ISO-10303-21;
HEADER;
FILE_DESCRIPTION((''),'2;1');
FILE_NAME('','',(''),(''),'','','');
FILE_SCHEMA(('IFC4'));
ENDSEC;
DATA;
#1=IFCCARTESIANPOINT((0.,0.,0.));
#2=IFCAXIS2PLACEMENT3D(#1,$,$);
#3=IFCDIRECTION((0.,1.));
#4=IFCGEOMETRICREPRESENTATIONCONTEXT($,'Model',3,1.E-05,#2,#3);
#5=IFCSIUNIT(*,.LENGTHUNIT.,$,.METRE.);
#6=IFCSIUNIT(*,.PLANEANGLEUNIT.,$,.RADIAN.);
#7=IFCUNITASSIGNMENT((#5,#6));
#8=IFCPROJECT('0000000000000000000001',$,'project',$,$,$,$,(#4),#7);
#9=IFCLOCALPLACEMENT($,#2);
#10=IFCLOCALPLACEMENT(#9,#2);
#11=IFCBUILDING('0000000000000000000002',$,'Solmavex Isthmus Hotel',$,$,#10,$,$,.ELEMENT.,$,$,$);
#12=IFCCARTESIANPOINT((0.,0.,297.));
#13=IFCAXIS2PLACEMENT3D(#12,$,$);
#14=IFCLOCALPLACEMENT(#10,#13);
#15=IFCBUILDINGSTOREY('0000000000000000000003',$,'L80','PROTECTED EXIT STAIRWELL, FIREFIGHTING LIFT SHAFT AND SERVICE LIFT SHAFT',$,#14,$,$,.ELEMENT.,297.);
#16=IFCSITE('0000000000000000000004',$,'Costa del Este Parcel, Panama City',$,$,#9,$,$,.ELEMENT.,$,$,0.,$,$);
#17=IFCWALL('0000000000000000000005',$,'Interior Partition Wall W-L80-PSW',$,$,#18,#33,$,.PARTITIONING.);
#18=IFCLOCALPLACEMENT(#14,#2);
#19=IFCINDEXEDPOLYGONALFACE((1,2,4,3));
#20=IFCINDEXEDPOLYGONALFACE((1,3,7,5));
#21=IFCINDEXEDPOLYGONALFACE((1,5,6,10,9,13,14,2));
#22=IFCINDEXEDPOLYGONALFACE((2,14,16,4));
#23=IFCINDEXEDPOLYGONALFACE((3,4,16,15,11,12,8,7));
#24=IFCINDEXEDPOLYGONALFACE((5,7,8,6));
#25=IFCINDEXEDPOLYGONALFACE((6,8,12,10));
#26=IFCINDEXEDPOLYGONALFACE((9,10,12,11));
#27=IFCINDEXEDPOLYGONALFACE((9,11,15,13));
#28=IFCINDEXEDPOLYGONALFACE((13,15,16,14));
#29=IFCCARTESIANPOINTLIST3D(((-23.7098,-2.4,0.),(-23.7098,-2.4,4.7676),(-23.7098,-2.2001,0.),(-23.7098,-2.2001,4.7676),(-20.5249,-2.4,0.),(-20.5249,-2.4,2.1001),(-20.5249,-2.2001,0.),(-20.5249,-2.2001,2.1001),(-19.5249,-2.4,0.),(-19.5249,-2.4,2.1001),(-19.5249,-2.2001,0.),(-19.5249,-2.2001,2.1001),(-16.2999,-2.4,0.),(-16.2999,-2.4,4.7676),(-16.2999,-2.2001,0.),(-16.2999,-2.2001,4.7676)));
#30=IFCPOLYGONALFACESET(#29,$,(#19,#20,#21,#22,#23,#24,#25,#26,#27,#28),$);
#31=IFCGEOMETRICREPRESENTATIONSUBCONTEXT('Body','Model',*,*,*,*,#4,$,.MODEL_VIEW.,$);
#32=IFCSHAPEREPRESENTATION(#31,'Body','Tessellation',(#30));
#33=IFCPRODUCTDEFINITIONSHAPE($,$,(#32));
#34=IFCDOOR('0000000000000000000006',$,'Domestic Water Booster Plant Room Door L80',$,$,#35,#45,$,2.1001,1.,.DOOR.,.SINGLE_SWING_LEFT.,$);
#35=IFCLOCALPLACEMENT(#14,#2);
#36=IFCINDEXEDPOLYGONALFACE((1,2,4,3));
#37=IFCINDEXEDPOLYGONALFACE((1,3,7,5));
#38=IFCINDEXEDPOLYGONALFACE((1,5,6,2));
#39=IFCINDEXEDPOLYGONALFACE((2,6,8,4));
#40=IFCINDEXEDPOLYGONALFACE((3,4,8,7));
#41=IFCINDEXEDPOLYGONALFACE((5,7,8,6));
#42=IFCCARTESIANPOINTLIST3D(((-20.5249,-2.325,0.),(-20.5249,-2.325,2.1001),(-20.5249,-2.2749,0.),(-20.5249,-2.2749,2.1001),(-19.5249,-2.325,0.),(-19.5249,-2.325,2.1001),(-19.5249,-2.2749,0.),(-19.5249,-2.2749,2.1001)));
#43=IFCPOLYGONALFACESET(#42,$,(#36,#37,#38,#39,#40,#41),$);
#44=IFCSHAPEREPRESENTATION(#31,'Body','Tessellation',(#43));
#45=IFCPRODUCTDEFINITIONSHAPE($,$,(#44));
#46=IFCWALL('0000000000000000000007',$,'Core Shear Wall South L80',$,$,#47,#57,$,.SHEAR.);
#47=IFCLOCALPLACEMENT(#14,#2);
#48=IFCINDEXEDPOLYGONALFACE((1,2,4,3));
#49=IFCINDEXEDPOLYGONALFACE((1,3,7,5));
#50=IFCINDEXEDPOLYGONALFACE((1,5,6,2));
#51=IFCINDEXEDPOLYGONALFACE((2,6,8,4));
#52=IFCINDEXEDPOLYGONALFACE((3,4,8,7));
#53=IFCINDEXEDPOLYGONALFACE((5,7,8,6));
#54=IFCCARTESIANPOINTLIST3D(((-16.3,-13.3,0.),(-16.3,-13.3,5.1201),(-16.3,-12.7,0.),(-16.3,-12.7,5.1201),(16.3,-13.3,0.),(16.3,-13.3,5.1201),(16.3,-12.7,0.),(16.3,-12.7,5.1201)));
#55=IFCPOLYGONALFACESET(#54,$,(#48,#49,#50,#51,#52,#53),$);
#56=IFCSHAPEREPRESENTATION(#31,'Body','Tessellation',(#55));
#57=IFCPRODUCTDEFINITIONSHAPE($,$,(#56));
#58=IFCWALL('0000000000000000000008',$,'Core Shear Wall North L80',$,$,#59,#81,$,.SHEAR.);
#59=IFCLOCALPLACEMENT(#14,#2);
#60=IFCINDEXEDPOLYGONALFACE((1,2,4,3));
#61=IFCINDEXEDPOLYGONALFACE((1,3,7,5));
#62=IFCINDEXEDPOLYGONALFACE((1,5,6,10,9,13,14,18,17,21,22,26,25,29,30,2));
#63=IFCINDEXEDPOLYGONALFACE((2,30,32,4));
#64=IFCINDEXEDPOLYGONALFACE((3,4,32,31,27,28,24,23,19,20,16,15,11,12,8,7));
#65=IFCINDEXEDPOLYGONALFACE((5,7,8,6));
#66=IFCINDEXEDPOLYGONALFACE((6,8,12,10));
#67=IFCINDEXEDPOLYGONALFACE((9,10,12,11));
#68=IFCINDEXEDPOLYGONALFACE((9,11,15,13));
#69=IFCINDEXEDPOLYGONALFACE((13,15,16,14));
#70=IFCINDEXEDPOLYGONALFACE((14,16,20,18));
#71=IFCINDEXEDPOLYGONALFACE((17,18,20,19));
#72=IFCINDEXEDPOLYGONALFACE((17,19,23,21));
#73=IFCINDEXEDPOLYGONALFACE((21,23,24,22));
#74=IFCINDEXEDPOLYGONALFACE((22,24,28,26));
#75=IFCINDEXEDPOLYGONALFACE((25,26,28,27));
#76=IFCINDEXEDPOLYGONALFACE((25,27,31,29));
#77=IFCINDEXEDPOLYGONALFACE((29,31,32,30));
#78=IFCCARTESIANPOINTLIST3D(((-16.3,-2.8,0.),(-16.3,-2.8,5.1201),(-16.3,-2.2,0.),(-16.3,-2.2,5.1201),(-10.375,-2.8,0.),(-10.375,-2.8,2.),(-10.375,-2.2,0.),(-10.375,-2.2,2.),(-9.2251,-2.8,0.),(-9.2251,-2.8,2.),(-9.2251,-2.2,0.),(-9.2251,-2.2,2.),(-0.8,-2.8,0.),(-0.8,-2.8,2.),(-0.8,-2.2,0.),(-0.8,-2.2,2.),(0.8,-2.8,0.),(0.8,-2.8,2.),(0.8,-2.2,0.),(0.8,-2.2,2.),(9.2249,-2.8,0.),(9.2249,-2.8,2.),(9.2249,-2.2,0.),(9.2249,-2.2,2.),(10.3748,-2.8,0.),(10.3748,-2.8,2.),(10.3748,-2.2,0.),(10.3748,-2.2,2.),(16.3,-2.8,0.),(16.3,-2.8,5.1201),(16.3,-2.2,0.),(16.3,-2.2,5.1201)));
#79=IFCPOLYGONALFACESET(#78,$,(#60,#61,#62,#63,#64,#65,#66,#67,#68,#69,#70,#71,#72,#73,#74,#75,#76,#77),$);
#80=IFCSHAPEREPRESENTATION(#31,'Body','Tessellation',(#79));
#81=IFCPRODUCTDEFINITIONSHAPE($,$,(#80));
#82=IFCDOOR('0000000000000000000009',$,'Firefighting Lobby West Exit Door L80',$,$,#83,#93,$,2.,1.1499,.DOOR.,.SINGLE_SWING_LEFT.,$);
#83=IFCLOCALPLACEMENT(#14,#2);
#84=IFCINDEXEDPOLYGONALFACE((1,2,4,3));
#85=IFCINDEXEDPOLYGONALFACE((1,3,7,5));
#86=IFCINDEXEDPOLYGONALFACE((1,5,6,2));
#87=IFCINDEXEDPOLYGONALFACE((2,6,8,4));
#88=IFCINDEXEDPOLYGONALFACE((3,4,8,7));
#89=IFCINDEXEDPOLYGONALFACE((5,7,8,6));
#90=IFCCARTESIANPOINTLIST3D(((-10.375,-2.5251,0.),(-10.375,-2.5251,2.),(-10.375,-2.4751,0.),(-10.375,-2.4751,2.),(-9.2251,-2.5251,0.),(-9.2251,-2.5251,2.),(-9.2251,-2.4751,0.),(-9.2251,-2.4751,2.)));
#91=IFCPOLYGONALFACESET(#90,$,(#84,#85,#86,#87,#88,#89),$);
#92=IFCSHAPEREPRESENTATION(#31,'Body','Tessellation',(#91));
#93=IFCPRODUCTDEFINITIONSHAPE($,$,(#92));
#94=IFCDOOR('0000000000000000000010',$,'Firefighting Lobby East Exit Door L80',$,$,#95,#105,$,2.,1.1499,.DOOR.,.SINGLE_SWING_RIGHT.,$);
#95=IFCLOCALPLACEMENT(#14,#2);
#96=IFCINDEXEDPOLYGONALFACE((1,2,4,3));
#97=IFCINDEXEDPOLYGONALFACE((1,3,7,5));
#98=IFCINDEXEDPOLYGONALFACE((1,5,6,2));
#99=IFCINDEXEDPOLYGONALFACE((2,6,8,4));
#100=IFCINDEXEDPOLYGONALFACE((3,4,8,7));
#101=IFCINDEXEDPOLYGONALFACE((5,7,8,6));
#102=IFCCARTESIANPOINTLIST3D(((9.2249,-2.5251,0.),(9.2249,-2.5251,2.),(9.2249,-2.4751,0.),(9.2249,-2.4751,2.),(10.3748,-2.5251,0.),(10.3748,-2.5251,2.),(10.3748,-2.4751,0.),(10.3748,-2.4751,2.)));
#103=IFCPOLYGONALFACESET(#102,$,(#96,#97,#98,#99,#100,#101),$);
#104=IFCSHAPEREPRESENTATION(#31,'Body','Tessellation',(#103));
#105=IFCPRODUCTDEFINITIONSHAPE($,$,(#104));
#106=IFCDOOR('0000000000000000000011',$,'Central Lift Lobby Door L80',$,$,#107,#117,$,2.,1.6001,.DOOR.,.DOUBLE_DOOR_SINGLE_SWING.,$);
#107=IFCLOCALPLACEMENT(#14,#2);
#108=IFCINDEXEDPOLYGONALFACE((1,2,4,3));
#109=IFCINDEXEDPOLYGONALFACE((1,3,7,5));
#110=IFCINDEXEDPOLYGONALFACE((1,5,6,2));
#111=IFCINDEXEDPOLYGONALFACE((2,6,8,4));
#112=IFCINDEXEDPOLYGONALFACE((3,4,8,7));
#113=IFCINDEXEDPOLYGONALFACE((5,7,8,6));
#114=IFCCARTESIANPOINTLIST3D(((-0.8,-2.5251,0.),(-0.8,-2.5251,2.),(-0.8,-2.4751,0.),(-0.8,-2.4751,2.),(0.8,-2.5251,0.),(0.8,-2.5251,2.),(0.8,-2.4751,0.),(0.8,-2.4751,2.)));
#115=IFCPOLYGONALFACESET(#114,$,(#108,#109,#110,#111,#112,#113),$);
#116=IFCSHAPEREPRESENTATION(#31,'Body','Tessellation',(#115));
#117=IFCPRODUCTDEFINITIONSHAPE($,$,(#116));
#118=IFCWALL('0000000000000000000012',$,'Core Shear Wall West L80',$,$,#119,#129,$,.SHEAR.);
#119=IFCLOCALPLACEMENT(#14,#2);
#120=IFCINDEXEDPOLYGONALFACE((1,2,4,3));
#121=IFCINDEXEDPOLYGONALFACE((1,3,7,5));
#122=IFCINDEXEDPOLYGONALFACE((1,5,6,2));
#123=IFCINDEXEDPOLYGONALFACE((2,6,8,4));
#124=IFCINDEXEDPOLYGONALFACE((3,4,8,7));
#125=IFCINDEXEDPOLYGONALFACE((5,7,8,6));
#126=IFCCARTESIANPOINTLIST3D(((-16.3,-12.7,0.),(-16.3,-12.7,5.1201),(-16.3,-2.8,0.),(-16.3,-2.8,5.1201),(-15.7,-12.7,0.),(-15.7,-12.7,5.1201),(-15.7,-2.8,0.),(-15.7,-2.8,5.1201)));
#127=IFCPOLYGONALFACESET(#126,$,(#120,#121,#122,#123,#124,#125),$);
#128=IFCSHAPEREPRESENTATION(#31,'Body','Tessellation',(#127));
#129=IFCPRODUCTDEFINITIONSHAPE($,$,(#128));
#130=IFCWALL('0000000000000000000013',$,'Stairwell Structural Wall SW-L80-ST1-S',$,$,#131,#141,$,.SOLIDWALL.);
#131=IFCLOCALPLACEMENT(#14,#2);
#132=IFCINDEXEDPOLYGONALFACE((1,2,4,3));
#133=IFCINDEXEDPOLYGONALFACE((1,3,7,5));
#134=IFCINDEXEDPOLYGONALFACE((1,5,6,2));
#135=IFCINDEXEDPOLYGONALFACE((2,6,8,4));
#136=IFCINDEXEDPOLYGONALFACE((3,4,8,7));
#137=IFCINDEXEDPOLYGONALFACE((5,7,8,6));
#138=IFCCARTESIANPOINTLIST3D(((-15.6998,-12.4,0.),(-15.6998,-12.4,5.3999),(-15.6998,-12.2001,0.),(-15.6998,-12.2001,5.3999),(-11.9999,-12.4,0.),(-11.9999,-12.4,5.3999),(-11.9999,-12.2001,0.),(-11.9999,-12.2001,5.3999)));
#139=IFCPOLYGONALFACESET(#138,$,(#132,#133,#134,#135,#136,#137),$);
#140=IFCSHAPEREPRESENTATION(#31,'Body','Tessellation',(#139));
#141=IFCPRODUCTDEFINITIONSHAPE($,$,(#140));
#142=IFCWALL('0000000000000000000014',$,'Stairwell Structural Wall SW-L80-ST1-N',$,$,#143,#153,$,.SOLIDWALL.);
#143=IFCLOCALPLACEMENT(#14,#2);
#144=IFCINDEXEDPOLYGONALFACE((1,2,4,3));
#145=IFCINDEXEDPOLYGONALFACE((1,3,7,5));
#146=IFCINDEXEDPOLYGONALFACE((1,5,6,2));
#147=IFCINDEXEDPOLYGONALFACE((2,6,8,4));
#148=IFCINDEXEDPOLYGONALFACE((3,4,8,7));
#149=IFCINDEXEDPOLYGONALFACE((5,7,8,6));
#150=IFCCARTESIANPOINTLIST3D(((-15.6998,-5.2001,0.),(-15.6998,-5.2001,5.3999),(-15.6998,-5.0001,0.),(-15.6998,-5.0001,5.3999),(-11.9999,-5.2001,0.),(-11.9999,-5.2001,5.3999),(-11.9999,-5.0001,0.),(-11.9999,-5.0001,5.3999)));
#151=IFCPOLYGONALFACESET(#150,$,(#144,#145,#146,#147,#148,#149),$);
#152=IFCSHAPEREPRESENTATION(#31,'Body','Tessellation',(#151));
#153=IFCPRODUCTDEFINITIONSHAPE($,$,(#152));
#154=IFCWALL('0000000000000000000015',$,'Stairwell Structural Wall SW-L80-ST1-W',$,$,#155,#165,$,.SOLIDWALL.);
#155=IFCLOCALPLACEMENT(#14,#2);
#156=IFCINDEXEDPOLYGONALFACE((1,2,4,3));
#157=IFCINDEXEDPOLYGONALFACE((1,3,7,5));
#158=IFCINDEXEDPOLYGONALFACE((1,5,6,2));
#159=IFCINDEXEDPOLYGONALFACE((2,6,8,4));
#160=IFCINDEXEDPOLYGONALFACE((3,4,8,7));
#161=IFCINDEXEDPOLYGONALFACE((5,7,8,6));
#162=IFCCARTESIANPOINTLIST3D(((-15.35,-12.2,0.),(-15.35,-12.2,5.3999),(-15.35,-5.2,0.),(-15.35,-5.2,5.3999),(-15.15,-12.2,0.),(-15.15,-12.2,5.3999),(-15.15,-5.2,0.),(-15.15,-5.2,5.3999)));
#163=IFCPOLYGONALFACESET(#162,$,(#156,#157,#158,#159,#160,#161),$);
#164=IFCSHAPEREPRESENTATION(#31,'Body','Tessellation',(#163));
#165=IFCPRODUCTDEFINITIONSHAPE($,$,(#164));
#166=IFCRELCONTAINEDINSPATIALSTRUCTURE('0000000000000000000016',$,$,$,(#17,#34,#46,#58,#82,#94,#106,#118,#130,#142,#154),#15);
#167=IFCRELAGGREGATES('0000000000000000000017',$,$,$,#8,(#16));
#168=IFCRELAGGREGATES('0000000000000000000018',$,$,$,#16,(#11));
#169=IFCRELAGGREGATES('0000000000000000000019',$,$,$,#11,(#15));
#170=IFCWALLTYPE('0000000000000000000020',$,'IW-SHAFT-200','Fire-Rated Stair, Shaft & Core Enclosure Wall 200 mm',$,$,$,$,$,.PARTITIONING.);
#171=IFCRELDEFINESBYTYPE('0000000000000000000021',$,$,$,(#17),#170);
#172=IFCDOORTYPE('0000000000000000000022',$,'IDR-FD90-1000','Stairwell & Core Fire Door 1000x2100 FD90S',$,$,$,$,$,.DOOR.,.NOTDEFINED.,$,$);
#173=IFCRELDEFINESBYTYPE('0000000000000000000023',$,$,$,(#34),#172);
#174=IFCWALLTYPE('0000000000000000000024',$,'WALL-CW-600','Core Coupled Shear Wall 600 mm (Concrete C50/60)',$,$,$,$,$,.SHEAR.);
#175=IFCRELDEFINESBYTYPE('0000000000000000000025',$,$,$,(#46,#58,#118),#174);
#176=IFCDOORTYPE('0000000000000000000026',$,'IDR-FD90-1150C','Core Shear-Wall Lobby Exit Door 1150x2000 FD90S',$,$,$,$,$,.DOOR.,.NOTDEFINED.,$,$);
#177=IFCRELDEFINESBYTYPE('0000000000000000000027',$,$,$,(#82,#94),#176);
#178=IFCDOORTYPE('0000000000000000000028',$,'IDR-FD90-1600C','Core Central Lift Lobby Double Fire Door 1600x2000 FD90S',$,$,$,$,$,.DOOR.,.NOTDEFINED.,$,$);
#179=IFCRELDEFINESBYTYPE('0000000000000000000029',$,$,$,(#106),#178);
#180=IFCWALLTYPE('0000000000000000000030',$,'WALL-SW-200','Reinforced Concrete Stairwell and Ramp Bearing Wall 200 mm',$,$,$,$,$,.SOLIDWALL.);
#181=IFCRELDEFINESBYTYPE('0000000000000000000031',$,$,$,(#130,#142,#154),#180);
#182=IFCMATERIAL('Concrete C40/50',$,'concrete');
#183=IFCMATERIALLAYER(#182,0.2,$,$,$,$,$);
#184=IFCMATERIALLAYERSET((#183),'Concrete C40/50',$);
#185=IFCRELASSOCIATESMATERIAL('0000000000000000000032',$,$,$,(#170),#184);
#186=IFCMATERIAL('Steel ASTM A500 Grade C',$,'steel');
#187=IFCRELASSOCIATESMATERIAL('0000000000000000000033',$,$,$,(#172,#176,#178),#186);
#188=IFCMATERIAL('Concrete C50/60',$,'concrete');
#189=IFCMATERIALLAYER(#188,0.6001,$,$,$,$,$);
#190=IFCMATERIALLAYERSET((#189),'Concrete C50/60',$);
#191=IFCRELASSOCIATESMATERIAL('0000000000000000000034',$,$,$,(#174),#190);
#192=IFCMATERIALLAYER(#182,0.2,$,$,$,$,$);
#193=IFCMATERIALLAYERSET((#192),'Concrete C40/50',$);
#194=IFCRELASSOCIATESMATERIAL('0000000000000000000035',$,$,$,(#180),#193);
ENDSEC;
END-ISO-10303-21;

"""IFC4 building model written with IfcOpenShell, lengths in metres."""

from ifc_helpers import new_model, si_unit, direction, frame, frame_2d, origin, place, context, subcontext, project, spatial, rectangle, extrude, material, layer, layer_set, type_object, element, fill, save


model = new_model("IFC4")

# Units and contexts
model_context = context("Model", 3, precision=1e-05, world=origin(), true_north=direction((0.0, 1.0)))
body_context = subcontext(model_context, "Body", "Model", "MODEL_VIEW")
ifc_project = project(units=[si_unit("LENGTHUNIT", "METRE"), si_unit("PLANEANGLEUNIT", "RADIAN")], contexts=[model_context])

# Site, building, storey
site_placement = place(None, origin())
site = spatial("IfcSite", under=ifc_project, at=site_placement, Name="Costa del Este Parcel, Panama City", CompositionType="ELEMENT", RefElevation=0.0)
building_placement = place(site_placement, origin())
building = spatial("IfcBuilding", under=site, at=building_placement, Name="Solmavex Isthmus Hotel", CompositionType="ELEMENT")
storey_placement = place(building_placement, frame((0.0, 0.0, 297.0)))
storey = spatial("IfcBuildingStorey", under=building, at=storey_placement, Name="L80", Description="PROTECTED EXIT STAIRWELL, FIREFIGHTING LIFT SHAFT AND SERVICE LIFT SHAFT", CompositionType="ELEMENT", Elevation=297.0)

# Shared definitions
ifc_material_1 = material(Name="Concrete C50/60", Category="concrete")

# Wall, opening, door
ifc_material_2 = material(Name="Concrete C40/50", Category="concrete")
ifc_layer_1 = layer(ifc_material_2, 0.2)
ifc_layer_set_1 = layer_set([ifc_layer_1], Name="Concrete C40/50")
wall_type_1 = type_object("IfcWallType", Name="IW-SHAFT-200", Description="Fire-Rated Stair, Shaft & Core Enclosure Wall 200 mm", PredefinedType="PARTITIONING", material=ifc_layer_set_1)
wall_1_placement = place(storey_placement, frame((-23.71, -2.3, 0.0), z_axis=(0.0, 0.0, 1.0), x_axis=(1.0, 0.0, 0.0)))
wall_1 = element("IfcWall", 1, at=wall_1_placement, inside=storey, type_object=wall_type_1, Name="Interior Partition Wall W-L80-PSW", PredefinedType="PARTITIONING", context=body_context, shape_type="SweptSolid", body=[
    extrude(rectangle(XDim=7.4099, YDim=0.2, at=frame_2d((3.7051, 0.0))), origin(), (0.0, 0.0, 1.0), 4.7676),
])
opening_1_placement = place(wall_1_placement, frame((3.1851, 0.0, 0.0)))
opening_1 = element("IfcOpeningElement", 2, at=opening_1_placement, cuts=wall_1, PredefinedType="OPENING", context=body_context, shape_type="SweptSolid", body=[
    extrude(rectangle(XDim=1.0, YDim=2.1001, at=frame_2d((0.5, 1.05))), frame((0.0, 0.1099, 0.0), z_axis=(0.0, -1.0, 0.0), x_axis=(1.0, 0.0, 0.0)), (0.0, 0.0, 1.0), 0.22),
])
ifc_material_3 = material(Name="Steel ASTM A500 Grade C", Category="steel")
door_type_1 = type_object("IfcDoorType", Name="IDR-FD90-1000", Description="Stairwell & Core Fire Door 1000x2100 FD90S", OperationType="NOTDEFINED", PredefinedType="DOOR", material=ifc_material_3)
door_1_placement = place(opening_1_placement, frame((1.0, 0.0, 0.0), z_axis=(0.0, 0.0, 1.0), x_axis=(-1.0, 0.0, 0.0)))
door_1 = element("IfcDoor", 3, at=door_1_placement, inside=storey, type_object=door_type_1, Name="Domestic Water Booster Plant Room Door L80", OperationType="SINGLE_SWING_LEFT", OverallHeight=2.1001, OverallWidth=1.0, PredefinedType="DOOR", context=body_context, shape_type="SweptSolid", body=[
    extrude(rectangle(XDim=1.0, YDim=2.1001, at=frame_2d((0.5, 1.05))), frame((0.0, 0.0249, 0.0), z_axis=(0.0, -1.0, 0.0), x_axis=(1.0, 0.0, 0.0)), (0.0, 0.0, 1.0), 0.05),
])
fill(opening_1, door_1)

# Wall
ifc_layer_2 = layer(ifc_material_1, 0.6001)
ifc_layer_set_2 = layer_set([ifc_layer_2], Name="Concrete C50/60")
wall_type_2 = type_object("IfcWallType", Name="WALL-CW-600", Description="Core Coupled Shear Wall 600 mm (Concrete C50/60)", PredefinedType="SHEAR", material=ifc_layer_set_2)
wall_2_placement = place(storey_placement, frame((-16.3, -13.0, 0.0), z_axis=(0.0, 0.0, 1.0), x_axis=(1.0, 0.0, 0.0)))
element("IfcWall", 4, at=wall_2_placement, inside=storey, type_object=wall_type_2, Name="Core Shear Wall South L80", PredefinedType="SHEAR", context=body_context, shape_type="SweptSolid", body=[
    extrude(rectangle(XDim=32.6001, YDim=0.6001, at=frame_2d((16.3, 0.0))), origin(), (0.0, 0.0, 1.0), 5.1201),
])

# Wall, openings, doors
wall_3_placement = place(storey_placement, frame((-16.3, -2.5, 0.0), z_axis=(0.0, 0.0, 1.0), x_axis=(1.0, 0.0, 0.0)))
wall_3 = element("IfcWall", 5, at=wall_3_placement, inside=storey, type_object=wall_type_2, Name="Core Shear Wall North L80", PredefinedType="SHEAR", context=body_context, shape_type="SweptSolid", body=[
    extrude(rectangle(XDim=32.6001, YDim=0.6001, at=frame_2d((16.3, 0.0))), origin(), (0.0, 0.0, 1.0), 5.1201),
])
opening_2_placement = place(wall_3_placement, frame((5.925, 0.0, 0.0)))
opening_2 = element("IfcOpeningElement", 6, at=opening_2_placement, cuts=wall_3, PredefinedType="OPENING", context=body_context, shape_type="SweptSolid", body=[
    extrude(rectangle(XDim=1.1499, YDim=2.0, at=frame_2d((0.575, 1.0))), frame((0.0, 0.3101, 0.0), z_axis=(0.0, -1.0, 0.0), x_axis=(1.0, 0.0, 0.0)), (0.0, 0.0, 1.0), 0.6201),
])
opening_3_placement = place(wall_3_placement, frame((15.5, 0.0, 0.0)))
opening_3 = element("IfcOpeningElement", 7, at=opening_3_placement, cuts=wall_3, PredefinedType="OPENING", context=body_context, shape_type="SweptSolid", body=[
    extrude(rectangle(XDim=1.6001, YDim=2.0, at=frame_2d((0.8, 1.0))), frame((0.0, 0.3101, 0.0), z_axis=(0.0, -1.0, 0.0), x_axis=(1.0, 0.0, 0.0)), (0.0, 0.0, 1.0), 0.6201),
])
opening_4_placement = place(wall_3_placement, frame((25.5249, 0.0, 0.0)))
opening_4 = element("IfcOpeningElement", 8, at=opening_4_placement, cuts=wall_3, PredefinedType="OPENING", context=body_context, shape_type="SweptSolid", body=[
    extrude(rectangle(XDim=1.1499, YDim=2.0, at=frame_2d((0.575, 1.0))), frame((0.0, 0.3101, 0.0), z_axis=(0.0, -1.0, 0.0), x_axis=(1.0, 0.0, 0.0)), (0.0, 0.0, 1.0), 0.6201),
])
door_type_2 = type_object("IfcDoorType", Name="IDR-FD90-1150C", Description="Core Shear-Wall Lobby Exit Door 1150x2000 FD90S", OperationType="NOTDEFINED", PredefinedType="DOOR", material=ifc_material_3)
door_2_placement = place(opening_2_placement, origin())
door_2 = element("IfcDoor", 9, at=door_2_placement, inside=storey, type_object=door_type_2, Name="Firefighting Lobby West Exit Door L80", OperationType="SINGLE_SWING_LEFT", OverallHeight=2.0, OverallWidth=1.1499, PredefinedType="DOOR", context=body_context, shape_type="SweptSolid", body=[
    extrude(rectangle(XDim=1.1499, YDim=2.0, at=frame_2d((0.575, 1.0))), frame((0.0, 0.0249, 0.0), z_axis=(0.0, -1.0, 0.0), x_axis=(1.0, 0.0, 0.0)), (0.0, 0.0, 1.0), 0.05),
])
fill(opening_2, door_2)
door_3_placement = place(opening_4_placement, origin())
door_3 = element("IfcDoor", 10, at=door_3_placement, inside=storey, type_object=door_type_2, Name="Firefighting Lobby East Exit Door L80", OperationType="SINGLE_SWING_RIGHT", OverallHeight=2.0, OverallWidth=1.1499, PredefinedType="DOOR", context=body_context, shape_type="SweptSolid", body=[
    extrude(rectangle(XDim=1.1499, YDim=2.0, at=frame_2d((0.575, 1.0))), frame((0.0, 0.0249, 0.0), z_axis=(0.0, -1.0, 0.0), x_axis=(1.0, 0.0, 0.0)), (0.0, 0.0, 1.0), 0.05),
])
fill(opening_4, door_3)
door_type_3 = type_object("IfcDoorType", Name="IDR-FD90-1600C", Description="Core Central Lift Lobby Double Fire Door 1600x2000 FD90S", OperationType="NOTDEFINED", PredefinedType="DOOR", material=ifc_material_3)
door_4_placement = place(opening_3_placement, origin())
door_4 = element("IfcDoor", 11, at=door_4_placement, inside=storey, type_object=door_type_3, Name="Central Lift Lobby Door L80", OperationType="DOUBLE_DOOR_SINGLE_SWING", OverallHeight=2.0, OverallWidth=1.6001, PredefinedType="DOOR", context=body_context, shape_type="SweptSolid", body=[
    extrude(rectangle(XDim=1.6001, YDim=2.0, at=frame_2d((0.8, 1.0))), frame((0.0, 0.0249, 0.0), z_axis=(0.0, -1.0, 0.0), x_axis=(1.0, 0.0, 0.0)), (0.0, 0.0, 1.0), 0.05),
])
fill(opening_3, door_4)

# Walls
wall_4_placement = place(storey_placement, frame((-16.0, -12.7, 0.0), z_axis=(0.0, 0.0, 1.0), x_axis=(0.0, 1.0, 0.0)))
element("IfcWall", 12, at=wall_4_placement, inside=storey, type_object=wall_type_2, Name="Core Shear Wall West L80", PredefinedType="SHEAR", context=body_context, shape_type="SweptSolid", body=[
    extrude(rectangle(XDim=9.8999, YDim=0.6001, at=frame_2d((4.95, 0.0))), origin(), (0.0, 0.0, 1.0), 5.1201),
])
ifc_layer_3 = layer(ifc_material_2, 0.2)
ifc_layer_set_3 = layer_set([ifc_layer_3], Name="Concrete C40/50")
wall_type_3 = type_object("IfcWallType", Name="WALL-SW-200", Description="Reinforced Concrete Stairwell and Ramp Bearing Wall 200 mm", PredefinedType="SOLIDWALL", material=ifc_layer_set_3)
for number, where, z_axis, x_axis, name in (
    (13, (-15.7, -12.3, 0.0), (0.0, 0.0, 1.0), (1.0, 0.0, 0.0), "Stairwell Structural Wall SW-L80-ST1-S"),
    (14, (-15.7, -5.1001, 0.0), (0.0, 0.0, 1.0), (1.0, 0.0, 0.0), "Stairwell Structural Wall SW-L80-ST1-N"),
):
    element("IfcWall", number, at=place(storey_placement, frame(where, z_axis=z_axis, x_axis=x_axis)), inside=storey, type_object=wall_type_3, Name=name, PredefinedType="SOLIDWALL", context=body_context, shape_type="SweptSolid", body=[
        extrude(rectangle(XDim=3.7, YDim=0.2, at=frame_2d((1.8501, 0.0))), origin(), (0.0, 0.0, 1.0), 5.3999),
    ])
wall_5_placement = place(storey_placement, frame((-15.25, -12.2, 0.0), z_axis=(0.0, 0.0, 1.0), x_axis=(0.0, 1.0, 0.0)))
element("IfcWall", 15, at=wall_5_placement, inside=storey, type_object=wall_type_3, Name="Stairwell Structural Wall SW-L80-ST1-W", PredefinedType="SOLIDWALL", context=body_context, shape_type="SweptSolid", body=[
    extrude(rectangle(XDim=7.0, YDim=0.2, at=frame_2d((3.5, 0.0))), origin(), (0.0, 0.0, 1.0), 5.3999),
])

save(model, "model.ifc")
